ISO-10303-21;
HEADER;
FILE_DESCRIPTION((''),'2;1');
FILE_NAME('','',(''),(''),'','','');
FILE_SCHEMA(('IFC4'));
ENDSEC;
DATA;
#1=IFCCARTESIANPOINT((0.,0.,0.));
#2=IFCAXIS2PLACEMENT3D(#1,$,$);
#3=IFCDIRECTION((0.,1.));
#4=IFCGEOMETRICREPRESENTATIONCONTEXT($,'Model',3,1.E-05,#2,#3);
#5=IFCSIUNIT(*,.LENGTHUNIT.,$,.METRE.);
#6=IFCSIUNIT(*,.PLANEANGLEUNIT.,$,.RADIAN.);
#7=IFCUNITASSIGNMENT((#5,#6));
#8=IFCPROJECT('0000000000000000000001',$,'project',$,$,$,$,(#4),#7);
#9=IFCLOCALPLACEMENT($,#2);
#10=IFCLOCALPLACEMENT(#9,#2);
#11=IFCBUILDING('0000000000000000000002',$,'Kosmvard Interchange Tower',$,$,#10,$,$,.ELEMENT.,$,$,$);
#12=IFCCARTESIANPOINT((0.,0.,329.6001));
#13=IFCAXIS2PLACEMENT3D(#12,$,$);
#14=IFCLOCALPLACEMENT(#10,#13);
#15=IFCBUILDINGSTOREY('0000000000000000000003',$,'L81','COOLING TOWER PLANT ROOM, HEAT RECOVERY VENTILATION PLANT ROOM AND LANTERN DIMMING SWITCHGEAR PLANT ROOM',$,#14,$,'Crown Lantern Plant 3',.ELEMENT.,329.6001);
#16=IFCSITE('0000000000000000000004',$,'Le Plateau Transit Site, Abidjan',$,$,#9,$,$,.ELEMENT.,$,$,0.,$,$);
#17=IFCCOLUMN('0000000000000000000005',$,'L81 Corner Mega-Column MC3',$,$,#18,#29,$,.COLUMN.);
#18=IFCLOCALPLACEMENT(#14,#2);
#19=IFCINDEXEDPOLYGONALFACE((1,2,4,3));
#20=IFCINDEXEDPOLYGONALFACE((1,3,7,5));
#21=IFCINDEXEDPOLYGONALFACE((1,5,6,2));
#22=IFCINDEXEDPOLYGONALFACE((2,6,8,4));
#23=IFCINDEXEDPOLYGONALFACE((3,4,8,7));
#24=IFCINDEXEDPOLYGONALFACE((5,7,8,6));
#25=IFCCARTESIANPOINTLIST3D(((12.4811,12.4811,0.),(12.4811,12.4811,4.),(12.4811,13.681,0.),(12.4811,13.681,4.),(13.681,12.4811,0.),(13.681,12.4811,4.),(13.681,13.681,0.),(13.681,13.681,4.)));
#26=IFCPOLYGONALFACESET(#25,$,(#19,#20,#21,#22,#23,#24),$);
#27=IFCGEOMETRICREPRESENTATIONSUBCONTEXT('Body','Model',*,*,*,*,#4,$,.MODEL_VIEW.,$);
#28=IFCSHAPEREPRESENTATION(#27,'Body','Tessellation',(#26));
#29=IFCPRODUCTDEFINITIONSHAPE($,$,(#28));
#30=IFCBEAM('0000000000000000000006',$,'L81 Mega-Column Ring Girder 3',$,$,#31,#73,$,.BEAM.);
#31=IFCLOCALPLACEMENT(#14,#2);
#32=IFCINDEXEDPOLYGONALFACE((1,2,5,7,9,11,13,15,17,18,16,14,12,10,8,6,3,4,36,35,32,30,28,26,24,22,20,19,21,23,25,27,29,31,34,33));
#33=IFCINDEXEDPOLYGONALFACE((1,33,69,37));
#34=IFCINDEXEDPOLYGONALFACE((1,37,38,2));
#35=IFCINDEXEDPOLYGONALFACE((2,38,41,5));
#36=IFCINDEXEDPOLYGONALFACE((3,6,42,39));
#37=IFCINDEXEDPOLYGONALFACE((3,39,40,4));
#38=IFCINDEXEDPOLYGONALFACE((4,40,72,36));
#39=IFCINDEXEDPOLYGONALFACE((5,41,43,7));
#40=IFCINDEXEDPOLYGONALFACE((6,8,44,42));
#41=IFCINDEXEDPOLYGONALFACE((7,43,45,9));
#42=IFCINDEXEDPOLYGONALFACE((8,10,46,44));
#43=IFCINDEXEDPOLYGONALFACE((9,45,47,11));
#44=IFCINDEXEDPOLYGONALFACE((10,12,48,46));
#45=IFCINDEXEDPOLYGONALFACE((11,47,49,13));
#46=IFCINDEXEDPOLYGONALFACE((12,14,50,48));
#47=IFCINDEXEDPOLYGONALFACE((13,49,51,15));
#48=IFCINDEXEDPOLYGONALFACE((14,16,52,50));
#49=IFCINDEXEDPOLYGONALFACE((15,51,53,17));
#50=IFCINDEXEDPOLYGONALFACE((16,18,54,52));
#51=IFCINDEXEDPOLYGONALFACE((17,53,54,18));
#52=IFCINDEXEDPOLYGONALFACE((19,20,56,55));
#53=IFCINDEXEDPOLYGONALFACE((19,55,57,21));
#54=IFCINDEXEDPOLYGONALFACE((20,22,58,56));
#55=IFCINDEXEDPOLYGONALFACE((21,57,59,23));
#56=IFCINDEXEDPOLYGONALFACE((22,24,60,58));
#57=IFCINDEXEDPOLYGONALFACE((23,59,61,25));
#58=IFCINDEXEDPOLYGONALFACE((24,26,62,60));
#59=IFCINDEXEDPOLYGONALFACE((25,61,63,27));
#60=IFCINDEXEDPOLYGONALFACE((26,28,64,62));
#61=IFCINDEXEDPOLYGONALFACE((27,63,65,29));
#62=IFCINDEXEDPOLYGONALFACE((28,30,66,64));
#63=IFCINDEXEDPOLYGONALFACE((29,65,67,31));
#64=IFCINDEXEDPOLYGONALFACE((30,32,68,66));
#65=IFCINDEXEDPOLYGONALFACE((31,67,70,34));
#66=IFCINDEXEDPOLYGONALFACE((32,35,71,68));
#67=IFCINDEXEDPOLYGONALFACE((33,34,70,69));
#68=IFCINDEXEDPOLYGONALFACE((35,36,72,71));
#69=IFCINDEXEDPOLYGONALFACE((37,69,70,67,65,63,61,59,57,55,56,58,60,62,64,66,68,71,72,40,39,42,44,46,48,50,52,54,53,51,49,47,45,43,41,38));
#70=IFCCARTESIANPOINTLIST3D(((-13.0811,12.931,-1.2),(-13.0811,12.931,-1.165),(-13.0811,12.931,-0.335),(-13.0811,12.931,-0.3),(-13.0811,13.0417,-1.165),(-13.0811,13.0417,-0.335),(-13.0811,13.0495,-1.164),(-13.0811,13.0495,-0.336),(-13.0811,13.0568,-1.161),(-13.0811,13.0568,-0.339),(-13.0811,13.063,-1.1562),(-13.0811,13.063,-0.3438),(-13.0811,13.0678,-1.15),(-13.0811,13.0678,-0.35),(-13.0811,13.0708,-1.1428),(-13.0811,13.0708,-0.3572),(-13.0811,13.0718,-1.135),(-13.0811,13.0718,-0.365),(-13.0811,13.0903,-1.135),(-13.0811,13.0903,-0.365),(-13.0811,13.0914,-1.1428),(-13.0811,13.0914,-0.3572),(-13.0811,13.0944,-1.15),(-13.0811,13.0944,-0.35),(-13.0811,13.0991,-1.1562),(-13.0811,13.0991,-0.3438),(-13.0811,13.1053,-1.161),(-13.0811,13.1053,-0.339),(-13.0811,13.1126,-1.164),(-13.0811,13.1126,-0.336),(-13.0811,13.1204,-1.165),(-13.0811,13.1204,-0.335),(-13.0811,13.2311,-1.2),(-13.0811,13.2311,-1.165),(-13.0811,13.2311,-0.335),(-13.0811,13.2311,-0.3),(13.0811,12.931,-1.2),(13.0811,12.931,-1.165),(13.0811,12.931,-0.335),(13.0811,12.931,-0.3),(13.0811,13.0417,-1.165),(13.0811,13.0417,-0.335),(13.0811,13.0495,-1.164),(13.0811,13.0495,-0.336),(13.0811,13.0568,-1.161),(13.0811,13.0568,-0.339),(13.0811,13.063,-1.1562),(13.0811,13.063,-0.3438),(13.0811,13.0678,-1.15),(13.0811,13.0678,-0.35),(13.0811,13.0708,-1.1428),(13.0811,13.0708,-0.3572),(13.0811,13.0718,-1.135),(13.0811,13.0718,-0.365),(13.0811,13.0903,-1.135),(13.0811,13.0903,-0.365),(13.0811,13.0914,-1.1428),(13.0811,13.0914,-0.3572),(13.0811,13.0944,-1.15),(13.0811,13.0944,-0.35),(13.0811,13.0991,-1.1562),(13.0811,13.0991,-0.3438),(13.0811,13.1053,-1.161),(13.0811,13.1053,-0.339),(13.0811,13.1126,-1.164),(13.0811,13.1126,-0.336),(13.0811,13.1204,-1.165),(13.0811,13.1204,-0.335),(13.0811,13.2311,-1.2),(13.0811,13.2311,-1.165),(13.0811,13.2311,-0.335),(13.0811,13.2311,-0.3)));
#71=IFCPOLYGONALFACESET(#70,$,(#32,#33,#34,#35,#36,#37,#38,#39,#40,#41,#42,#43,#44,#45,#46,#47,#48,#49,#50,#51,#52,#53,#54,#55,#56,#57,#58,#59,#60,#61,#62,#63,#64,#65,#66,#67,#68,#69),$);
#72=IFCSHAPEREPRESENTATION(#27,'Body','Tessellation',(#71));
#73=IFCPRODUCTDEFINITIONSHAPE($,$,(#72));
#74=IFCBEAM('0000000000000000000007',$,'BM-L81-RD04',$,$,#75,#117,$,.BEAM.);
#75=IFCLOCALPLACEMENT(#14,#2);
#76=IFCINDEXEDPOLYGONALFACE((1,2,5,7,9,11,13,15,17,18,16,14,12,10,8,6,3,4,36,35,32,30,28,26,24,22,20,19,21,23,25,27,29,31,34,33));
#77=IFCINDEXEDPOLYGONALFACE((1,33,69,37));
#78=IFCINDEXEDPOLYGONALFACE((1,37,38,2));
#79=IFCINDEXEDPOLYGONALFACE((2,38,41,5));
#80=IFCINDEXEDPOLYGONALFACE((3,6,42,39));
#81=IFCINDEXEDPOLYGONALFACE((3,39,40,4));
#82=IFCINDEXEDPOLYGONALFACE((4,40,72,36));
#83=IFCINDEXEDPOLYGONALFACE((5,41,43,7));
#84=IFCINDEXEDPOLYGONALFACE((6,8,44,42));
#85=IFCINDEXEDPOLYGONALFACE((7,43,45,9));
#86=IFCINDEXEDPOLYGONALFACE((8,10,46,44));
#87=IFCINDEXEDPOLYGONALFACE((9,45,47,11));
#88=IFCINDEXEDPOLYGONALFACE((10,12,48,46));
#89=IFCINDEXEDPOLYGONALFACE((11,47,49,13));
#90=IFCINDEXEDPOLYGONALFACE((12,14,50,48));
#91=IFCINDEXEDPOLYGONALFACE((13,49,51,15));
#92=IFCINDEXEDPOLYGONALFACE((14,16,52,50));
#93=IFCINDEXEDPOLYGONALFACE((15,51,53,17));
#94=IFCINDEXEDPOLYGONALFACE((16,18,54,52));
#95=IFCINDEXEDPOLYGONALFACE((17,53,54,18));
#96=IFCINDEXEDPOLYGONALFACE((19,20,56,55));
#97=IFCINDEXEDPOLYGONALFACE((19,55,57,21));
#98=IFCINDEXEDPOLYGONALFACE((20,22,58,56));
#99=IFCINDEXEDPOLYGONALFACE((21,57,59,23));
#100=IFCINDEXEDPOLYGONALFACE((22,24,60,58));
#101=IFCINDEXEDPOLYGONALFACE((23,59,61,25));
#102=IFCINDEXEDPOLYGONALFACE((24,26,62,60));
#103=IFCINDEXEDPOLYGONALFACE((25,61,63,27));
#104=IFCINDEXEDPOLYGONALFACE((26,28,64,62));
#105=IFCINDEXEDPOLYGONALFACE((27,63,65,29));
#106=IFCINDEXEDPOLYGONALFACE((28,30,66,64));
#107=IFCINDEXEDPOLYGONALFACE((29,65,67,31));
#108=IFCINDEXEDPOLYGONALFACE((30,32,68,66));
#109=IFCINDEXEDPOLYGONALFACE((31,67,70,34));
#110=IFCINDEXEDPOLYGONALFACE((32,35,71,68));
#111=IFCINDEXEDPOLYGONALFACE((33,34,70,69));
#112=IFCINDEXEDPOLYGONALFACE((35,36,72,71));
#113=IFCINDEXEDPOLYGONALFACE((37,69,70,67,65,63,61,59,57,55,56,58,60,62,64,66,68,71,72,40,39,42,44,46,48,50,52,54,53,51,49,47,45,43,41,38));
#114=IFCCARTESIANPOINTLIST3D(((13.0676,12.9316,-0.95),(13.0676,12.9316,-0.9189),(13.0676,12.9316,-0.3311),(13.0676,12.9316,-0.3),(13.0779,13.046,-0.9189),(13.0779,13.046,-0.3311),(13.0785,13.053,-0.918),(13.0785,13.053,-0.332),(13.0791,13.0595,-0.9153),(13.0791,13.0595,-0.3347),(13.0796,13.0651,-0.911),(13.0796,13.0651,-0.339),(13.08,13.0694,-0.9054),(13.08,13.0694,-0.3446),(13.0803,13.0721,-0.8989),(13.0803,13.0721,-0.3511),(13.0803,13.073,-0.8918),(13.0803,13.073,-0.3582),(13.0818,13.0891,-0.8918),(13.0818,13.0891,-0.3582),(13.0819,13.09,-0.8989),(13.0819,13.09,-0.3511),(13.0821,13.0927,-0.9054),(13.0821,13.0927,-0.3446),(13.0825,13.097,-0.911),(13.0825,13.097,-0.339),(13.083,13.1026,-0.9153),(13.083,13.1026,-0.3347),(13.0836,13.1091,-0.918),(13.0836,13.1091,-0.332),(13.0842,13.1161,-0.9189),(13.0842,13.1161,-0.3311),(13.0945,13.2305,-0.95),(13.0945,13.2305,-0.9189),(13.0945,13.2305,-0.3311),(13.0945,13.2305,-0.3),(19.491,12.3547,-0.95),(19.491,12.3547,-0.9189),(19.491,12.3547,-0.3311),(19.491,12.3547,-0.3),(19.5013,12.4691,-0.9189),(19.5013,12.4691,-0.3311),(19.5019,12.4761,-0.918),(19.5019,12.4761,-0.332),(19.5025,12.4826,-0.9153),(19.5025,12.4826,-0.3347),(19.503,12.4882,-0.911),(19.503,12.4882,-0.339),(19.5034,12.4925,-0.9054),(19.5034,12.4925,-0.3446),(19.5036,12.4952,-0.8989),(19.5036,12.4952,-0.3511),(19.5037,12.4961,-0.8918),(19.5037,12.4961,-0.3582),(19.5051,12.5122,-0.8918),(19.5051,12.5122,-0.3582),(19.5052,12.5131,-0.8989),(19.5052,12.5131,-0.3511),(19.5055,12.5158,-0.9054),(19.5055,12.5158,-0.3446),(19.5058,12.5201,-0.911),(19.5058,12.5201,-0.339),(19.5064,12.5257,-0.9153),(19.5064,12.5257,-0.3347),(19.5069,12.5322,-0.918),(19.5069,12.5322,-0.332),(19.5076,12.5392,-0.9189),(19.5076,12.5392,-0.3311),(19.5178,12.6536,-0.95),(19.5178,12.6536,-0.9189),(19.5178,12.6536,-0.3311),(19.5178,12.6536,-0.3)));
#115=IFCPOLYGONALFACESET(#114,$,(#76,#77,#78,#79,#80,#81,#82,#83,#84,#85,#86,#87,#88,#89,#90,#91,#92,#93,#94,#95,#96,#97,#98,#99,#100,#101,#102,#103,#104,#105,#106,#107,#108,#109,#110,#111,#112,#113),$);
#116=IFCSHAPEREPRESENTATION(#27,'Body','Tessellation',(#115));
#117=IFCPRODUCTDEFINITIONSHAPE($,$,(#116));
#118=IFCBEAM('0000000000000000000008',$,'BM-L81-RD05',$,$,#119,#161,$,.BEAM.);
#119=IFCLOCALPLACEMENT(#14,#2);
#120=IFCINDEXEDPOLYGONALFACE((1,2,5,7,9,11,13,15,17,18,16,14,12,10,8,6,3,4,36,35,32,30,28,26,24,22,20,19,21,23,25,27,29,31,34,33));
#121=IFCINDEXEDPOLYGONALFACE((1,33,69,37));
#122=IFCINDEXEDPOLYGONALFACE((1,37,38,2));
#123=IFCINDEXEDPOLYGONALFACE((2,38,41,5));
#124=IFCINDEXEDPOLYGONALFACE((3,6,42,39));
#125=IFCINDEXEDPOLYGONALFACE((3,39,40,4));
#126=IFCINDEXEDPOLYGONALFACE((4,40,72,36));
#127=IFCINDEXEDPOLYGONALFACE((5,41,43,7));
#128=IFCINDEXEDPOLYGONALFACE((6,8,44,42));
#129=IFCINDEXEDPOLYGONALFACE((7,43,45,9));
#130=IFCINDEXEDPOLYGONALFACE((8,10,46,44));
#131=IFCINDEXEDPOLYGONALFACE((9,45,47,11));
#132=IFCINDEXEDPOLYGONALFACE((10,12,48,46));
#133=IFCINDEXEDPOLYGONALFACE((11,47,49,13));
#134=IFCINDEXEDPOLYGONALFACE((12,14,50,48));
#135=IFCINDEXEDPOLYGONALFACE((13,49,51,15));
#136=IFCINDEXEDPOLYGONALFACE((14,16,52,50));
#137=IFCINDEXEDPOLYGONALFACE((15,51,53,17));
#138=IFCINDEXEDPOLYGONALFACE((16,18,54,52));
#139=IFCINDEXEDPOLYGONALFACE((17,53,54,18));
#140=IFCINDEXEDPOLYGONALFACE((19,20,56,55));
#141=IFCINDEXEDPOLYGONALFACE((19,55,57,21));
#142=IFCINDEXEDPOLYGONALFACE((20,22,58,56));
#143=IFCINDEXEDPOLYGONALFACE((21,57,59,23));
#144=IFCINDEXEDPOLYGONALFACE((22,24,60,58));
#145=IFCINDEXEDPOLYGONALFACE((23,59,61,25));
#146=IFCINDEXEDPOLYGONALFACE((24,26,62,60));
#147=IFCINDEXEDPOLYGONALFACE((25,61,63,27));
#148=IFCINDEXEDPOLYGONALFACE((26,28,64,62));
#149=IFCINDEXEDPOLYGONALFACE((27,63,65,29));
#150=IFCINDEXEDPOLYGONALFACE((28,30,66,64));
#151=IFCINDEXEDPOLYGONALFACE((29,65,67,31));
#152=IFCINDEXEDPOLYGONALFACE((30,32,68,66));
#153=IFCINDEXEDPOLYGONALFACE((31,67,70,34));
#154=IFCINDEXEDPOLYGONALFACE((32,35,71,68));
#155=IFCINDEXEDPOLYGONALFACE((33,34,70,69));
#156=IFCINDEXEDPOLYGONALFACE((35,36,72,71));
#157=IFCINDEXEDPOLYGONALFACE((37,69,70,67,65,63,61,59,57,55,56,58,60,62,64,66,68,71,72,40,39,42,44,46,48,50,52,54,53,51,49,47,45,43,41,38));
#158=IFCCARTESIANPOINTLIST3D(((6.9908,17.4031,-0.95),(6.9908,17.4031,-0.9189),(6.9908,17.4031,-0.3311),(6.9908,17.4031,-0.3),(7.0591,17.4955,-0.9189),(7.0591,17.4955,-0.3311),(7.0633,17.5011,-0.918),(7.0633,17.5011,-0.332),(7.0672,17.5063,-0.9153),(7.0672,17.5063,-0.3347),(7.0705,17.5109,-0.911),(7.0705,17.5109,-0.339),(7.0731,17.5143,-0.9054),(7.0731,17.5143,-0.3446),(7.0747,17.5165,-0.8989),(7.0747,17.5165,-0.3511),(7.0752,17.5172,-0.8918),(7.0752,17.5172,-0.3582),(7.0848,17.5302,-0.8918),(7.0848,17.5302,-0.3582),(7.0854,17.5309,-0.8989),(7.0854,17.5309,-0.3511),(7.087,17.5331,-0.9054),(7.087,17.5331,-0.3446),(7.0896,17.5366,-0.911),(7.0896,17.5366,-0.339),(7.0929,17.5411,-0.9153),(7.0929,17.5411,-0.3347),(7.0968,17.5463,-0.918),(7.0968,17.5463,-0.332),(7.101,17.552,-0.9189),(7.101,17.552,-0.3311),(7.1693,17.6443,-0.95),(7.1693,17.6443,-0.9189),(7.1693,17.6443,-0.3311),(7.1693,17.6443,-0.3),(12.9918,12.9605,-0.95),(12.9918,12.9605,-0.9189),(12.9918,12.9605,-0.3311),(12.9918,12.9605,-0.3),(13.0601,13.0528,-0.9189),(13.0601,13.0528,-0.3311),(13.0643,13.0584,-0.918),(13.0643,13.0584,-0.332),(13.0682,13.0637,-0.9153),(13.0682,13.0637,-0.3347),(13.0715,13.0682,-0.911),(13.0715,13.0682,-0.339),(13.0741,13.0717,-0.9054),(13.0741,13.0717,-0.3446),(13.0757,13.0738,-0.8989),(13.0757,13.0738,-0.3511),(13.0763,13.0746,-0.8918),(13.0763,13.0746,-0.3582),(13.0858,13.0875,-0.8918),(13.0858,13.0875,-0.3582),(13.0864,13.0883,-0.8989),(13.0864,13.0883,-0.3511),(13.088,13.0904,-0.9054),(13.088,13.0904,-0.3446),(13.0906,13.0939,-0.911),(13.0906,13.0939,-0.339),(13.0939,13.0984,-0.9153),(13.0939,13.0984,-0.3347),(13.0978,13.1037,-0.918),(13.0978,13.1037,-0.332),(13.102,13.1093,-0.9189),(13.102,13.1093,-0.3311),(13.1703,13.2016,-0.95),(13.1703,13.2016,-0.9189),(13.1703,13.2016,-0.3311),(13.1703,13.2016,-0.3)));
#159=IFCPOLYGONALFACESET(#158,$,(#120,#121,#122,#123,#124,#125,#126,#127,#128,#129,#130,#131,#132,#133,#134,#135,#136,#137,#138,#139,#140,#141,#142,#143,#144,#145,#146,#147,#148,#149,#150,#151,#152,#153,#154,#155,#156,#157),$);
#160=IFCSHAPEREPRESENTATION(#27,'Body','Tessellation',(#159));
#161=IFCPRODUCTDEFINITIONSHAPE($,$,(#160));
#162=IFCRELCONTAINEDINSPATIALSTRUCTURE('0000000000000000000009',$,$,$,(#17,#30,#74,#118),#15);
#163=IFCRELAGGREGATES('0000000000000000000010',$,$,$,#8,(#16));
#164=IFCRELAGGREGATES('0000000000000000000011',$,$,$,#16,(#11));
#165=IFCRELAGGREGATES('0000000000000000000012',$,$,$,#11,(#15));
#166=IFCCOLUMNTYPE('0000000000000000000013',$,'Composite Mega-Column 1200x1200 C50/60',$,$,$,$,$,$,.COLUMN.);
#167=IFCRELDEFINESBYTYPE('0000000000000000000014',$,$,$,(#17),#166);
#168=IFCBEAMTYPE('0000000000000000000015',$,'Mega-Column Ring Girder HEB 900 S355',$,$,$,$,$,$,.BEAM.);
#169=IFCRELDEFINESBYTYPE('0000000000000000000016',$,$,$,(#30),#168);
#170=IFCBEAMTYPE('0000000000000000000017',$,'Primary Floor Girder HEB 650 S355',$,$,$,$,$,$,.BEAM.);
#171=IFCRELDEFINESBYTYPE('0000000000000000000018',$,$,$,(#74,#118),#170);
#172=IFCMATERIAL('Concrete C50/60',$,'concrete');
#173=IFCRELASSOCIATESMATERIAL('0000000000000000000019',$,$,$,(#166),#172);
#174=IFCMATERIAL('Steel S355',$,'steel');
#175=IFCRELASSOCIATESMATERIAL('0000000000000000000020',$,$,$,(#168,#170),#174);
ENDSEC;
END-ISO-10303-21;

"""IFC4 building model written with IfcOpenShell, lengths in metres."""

from ifc_helpers import new_model, si_unit, direction, frame, origin, origin_2d, place, context, subcontext, project, spatial, rectangle, i_section, extrude, source, transform, mapped, material, material_profile, profile_set, type_object, element, save


model = new_model("IFC4")

# Units and contexts
model_context = context("Model", 3, precision=1e-05, world=origin(), true_north=direction((0.0, 1.0)))
body_context = subcontext(model_context, "Body", "Model", "MODEL_VIEW")
ifc_project = project(units=[si_unit("LENGTHUNIT", "METRE"), si_unit("PLANEANGLEUNIT", "RADIAN")], contexts=[model_context])

# Site, building, storey
site_placement = place(None, origin())
site = spatial("IfcSite", under=ifc_project, at=site_placement, Name="Le Plateau Transit Site, Abidjan", CompositionType="ELEMENT", RefElevation=0.0)
building_placement = place(site_placement, origin())
building = spatial("IfcBuilding", under=site, at=building_placement, Name="Kosmvard Interchange Tower", CompositionType="ELEMENT")
storey_placement = place(building_placement, frame((0.0, 0.0, 329.6001)))
storey = spatial("IfcBuildingStorey", under=building, at=storey_placement, Name="L81", Description="COOLING TOWER PLANT ROOM, HEAT RECOVERY VENTILATION PLANT ROOM AND LANTERN DIMMING SWITCHGEAR PLANT ROOM", LongName="Crown Lantern Plant 3", CompositionType="ELEMENT", Elevation=329.6001)

# Column
ifc_material_1 = material(Name="Concrete C50/60", Category="concrete")
ifc_material_profile_1 = material_profile(ifc_material_1, rectangle(XDim=1.2, YDim=1.2, at=origin_2d()), Name="MC 1200x1200")
ifc_profile_set_1 = profile_set([ifc_material_profile_1], Name="Concrete C50/60")
column_type = type_object("IfcColumnType", Name="Composite Mega-Column 1200x1200 C50/60", PredefinedType="COLUMN", material=ifc_profile_set_1)
shared_shape_1 = source(origin(), body_context, "Body", "SweptSolid", [
    extrude(rectangle(XDim=1.2, YDim=1.2, at=origin_2d()), origin(), (0.0, 0.0, 1.0), 4.0),
])
column_placement = place(storey_placement, frame((13.0811, 13.0811, 0.0), z_axis=(0.0, 0.0, 1.0), x_axis=(1.0, 0.0, 0.0)))
element("IfcColumn", 1, at=column_placement, inside=storey, type_object=column_type, Name="L81 Corner Mega-Column MC3", PredefinedType="COLUMN", context=body_context, shape_type="MappedRepresentation", body=[
    mapped(shared_shape_1, transform((0.0, 0.0, 0.0), scale=1.0)),
])

# Beams
ifc_material_2 = material(Name="Steel S355", Category="steel")
ifc_material_profile_2 = material_profile(ifc_material_2, i_section(OverallWidth=0.3, OverallDepth=0.8999, WebThickness=0.0186, FlangeThickness=0.0349, FilletRadius=0.03, at=origin_2d()), Name="HEB 900")
ifc_profile_set_2 = profile_set([ifc_material_profile_2], Name="Steel S355")
beam_type_1 = type_object("IfcBeamType", Name="Mega-Column Ring Girder HEB 900 S355", PredefinedType="BEAM", material=ifc_profile_set_2)
shared_shape_2 = source(origin(), body_context, "Body", "SweptSolid", [
    extrude(i_section(OverallWidth=0.3, OverallDepth=0.8999, WebThickness=0.0186, FlangeThickness=0.0349, FilletRadius=0.03, at=origin_2d()), origin(), (0.0, 0.0, 1.0), 26.1621),
])
beam_1_placement = place(storey_placement, frame((13.0811, 13.0811, -0.75), z_axis=(-1.0, 0.0, 0.0), x_axis=(0.0, -1.0, 0.0)))
element("IfcBeam", 2, at=beam_1_placement, inside=storey, type_object=beam_type_1, Name="L81 Mega-Column Ring Girder 3", PredefinedType="BEAM", context=body_context, shape_type="MappedRepresentation", body=[
    mapped(shared_shape_2, transform((0.0, 0.0, 0.0), scale=1.0)),
])
ifc_material_profile_3 = material_profile(ifc_material_2, i_section(OverallWidth=0.3, OverallDepth=0.6499, WebThickness=0.0161, FlangeThickness=0.031, FilletRadius=0.0271, at=origin_2d()), Name="HEB 650")
ifc_profile_set_3 = profile_set([ifc_material_profile_3], Name="Steel S355")
beam_type_2 = type_object("IfcBeamType", Name="Primary Floor Girder HEB 650 S355", PredefinedType="BEAM", material=ifc_profile_set_3)
shared_shape_3 = source(origin(), body_context, "Body", "SweptSolid", [
    extrude(i_section(OverallWidth=0.3, OverallDepth=0.6499, WebThickness=0.0161, FlangeThickness=0.031, FilletRadius=0.0271, at=origin_2d()), origin(), (0.0, 0.0, 1.0), 6.4492),
])
beam_2_placement = place(storey_placement, frame((13.0811, 13.0811, -0.625), z_axis=(0.995991, -0.089454, 0.0), x_axis=(0.089454, 0.995991, 0.0)))
element("IfcBeam", 3, at=beam_2_placement, inside=storey, type_object=beam_type_2, Name="BM-L81-RD04", PredefinedType="BEAM", context=body_context, shape_type="MappedRepresentation", body=[
    mapped(shared_shape_3, transform((0.0, 0.0, 0.0), scale=1.0)),
])
shared_shape_4 = source(origin(), body_context, "Body", "SweptSolid", [
    extrude(i_section(OverallWidth=0.3, OverallDepth=0.6499, WebThickness=0.0161, FlangeThickness=0.031, FilletRadius=0.0271, at=origin_2d()), origin(), (0.0, 0.0, 1.0), 7.4666),
])
beam_3_placement = place(storey_placement, frame((13.0811, 13.0811, -0.625), z_axis=(-0.80372, 0.595008, 0.0), x_axis=(-0.595008, -0.80372, 0.0)))
element("IfcBeam", 4, at=beam_3_placement, inside=storey, type_object=beam_type_2, Name="BM-L81-RD05", PredefinedType="BEAM", context=body_context, shape_type="MappedRepresentation", body=[
    mapped(shared_shape_4, transform((0.0, 0.0, 0.0), scale=1.0)),
])

save(model, "model.ifc")
